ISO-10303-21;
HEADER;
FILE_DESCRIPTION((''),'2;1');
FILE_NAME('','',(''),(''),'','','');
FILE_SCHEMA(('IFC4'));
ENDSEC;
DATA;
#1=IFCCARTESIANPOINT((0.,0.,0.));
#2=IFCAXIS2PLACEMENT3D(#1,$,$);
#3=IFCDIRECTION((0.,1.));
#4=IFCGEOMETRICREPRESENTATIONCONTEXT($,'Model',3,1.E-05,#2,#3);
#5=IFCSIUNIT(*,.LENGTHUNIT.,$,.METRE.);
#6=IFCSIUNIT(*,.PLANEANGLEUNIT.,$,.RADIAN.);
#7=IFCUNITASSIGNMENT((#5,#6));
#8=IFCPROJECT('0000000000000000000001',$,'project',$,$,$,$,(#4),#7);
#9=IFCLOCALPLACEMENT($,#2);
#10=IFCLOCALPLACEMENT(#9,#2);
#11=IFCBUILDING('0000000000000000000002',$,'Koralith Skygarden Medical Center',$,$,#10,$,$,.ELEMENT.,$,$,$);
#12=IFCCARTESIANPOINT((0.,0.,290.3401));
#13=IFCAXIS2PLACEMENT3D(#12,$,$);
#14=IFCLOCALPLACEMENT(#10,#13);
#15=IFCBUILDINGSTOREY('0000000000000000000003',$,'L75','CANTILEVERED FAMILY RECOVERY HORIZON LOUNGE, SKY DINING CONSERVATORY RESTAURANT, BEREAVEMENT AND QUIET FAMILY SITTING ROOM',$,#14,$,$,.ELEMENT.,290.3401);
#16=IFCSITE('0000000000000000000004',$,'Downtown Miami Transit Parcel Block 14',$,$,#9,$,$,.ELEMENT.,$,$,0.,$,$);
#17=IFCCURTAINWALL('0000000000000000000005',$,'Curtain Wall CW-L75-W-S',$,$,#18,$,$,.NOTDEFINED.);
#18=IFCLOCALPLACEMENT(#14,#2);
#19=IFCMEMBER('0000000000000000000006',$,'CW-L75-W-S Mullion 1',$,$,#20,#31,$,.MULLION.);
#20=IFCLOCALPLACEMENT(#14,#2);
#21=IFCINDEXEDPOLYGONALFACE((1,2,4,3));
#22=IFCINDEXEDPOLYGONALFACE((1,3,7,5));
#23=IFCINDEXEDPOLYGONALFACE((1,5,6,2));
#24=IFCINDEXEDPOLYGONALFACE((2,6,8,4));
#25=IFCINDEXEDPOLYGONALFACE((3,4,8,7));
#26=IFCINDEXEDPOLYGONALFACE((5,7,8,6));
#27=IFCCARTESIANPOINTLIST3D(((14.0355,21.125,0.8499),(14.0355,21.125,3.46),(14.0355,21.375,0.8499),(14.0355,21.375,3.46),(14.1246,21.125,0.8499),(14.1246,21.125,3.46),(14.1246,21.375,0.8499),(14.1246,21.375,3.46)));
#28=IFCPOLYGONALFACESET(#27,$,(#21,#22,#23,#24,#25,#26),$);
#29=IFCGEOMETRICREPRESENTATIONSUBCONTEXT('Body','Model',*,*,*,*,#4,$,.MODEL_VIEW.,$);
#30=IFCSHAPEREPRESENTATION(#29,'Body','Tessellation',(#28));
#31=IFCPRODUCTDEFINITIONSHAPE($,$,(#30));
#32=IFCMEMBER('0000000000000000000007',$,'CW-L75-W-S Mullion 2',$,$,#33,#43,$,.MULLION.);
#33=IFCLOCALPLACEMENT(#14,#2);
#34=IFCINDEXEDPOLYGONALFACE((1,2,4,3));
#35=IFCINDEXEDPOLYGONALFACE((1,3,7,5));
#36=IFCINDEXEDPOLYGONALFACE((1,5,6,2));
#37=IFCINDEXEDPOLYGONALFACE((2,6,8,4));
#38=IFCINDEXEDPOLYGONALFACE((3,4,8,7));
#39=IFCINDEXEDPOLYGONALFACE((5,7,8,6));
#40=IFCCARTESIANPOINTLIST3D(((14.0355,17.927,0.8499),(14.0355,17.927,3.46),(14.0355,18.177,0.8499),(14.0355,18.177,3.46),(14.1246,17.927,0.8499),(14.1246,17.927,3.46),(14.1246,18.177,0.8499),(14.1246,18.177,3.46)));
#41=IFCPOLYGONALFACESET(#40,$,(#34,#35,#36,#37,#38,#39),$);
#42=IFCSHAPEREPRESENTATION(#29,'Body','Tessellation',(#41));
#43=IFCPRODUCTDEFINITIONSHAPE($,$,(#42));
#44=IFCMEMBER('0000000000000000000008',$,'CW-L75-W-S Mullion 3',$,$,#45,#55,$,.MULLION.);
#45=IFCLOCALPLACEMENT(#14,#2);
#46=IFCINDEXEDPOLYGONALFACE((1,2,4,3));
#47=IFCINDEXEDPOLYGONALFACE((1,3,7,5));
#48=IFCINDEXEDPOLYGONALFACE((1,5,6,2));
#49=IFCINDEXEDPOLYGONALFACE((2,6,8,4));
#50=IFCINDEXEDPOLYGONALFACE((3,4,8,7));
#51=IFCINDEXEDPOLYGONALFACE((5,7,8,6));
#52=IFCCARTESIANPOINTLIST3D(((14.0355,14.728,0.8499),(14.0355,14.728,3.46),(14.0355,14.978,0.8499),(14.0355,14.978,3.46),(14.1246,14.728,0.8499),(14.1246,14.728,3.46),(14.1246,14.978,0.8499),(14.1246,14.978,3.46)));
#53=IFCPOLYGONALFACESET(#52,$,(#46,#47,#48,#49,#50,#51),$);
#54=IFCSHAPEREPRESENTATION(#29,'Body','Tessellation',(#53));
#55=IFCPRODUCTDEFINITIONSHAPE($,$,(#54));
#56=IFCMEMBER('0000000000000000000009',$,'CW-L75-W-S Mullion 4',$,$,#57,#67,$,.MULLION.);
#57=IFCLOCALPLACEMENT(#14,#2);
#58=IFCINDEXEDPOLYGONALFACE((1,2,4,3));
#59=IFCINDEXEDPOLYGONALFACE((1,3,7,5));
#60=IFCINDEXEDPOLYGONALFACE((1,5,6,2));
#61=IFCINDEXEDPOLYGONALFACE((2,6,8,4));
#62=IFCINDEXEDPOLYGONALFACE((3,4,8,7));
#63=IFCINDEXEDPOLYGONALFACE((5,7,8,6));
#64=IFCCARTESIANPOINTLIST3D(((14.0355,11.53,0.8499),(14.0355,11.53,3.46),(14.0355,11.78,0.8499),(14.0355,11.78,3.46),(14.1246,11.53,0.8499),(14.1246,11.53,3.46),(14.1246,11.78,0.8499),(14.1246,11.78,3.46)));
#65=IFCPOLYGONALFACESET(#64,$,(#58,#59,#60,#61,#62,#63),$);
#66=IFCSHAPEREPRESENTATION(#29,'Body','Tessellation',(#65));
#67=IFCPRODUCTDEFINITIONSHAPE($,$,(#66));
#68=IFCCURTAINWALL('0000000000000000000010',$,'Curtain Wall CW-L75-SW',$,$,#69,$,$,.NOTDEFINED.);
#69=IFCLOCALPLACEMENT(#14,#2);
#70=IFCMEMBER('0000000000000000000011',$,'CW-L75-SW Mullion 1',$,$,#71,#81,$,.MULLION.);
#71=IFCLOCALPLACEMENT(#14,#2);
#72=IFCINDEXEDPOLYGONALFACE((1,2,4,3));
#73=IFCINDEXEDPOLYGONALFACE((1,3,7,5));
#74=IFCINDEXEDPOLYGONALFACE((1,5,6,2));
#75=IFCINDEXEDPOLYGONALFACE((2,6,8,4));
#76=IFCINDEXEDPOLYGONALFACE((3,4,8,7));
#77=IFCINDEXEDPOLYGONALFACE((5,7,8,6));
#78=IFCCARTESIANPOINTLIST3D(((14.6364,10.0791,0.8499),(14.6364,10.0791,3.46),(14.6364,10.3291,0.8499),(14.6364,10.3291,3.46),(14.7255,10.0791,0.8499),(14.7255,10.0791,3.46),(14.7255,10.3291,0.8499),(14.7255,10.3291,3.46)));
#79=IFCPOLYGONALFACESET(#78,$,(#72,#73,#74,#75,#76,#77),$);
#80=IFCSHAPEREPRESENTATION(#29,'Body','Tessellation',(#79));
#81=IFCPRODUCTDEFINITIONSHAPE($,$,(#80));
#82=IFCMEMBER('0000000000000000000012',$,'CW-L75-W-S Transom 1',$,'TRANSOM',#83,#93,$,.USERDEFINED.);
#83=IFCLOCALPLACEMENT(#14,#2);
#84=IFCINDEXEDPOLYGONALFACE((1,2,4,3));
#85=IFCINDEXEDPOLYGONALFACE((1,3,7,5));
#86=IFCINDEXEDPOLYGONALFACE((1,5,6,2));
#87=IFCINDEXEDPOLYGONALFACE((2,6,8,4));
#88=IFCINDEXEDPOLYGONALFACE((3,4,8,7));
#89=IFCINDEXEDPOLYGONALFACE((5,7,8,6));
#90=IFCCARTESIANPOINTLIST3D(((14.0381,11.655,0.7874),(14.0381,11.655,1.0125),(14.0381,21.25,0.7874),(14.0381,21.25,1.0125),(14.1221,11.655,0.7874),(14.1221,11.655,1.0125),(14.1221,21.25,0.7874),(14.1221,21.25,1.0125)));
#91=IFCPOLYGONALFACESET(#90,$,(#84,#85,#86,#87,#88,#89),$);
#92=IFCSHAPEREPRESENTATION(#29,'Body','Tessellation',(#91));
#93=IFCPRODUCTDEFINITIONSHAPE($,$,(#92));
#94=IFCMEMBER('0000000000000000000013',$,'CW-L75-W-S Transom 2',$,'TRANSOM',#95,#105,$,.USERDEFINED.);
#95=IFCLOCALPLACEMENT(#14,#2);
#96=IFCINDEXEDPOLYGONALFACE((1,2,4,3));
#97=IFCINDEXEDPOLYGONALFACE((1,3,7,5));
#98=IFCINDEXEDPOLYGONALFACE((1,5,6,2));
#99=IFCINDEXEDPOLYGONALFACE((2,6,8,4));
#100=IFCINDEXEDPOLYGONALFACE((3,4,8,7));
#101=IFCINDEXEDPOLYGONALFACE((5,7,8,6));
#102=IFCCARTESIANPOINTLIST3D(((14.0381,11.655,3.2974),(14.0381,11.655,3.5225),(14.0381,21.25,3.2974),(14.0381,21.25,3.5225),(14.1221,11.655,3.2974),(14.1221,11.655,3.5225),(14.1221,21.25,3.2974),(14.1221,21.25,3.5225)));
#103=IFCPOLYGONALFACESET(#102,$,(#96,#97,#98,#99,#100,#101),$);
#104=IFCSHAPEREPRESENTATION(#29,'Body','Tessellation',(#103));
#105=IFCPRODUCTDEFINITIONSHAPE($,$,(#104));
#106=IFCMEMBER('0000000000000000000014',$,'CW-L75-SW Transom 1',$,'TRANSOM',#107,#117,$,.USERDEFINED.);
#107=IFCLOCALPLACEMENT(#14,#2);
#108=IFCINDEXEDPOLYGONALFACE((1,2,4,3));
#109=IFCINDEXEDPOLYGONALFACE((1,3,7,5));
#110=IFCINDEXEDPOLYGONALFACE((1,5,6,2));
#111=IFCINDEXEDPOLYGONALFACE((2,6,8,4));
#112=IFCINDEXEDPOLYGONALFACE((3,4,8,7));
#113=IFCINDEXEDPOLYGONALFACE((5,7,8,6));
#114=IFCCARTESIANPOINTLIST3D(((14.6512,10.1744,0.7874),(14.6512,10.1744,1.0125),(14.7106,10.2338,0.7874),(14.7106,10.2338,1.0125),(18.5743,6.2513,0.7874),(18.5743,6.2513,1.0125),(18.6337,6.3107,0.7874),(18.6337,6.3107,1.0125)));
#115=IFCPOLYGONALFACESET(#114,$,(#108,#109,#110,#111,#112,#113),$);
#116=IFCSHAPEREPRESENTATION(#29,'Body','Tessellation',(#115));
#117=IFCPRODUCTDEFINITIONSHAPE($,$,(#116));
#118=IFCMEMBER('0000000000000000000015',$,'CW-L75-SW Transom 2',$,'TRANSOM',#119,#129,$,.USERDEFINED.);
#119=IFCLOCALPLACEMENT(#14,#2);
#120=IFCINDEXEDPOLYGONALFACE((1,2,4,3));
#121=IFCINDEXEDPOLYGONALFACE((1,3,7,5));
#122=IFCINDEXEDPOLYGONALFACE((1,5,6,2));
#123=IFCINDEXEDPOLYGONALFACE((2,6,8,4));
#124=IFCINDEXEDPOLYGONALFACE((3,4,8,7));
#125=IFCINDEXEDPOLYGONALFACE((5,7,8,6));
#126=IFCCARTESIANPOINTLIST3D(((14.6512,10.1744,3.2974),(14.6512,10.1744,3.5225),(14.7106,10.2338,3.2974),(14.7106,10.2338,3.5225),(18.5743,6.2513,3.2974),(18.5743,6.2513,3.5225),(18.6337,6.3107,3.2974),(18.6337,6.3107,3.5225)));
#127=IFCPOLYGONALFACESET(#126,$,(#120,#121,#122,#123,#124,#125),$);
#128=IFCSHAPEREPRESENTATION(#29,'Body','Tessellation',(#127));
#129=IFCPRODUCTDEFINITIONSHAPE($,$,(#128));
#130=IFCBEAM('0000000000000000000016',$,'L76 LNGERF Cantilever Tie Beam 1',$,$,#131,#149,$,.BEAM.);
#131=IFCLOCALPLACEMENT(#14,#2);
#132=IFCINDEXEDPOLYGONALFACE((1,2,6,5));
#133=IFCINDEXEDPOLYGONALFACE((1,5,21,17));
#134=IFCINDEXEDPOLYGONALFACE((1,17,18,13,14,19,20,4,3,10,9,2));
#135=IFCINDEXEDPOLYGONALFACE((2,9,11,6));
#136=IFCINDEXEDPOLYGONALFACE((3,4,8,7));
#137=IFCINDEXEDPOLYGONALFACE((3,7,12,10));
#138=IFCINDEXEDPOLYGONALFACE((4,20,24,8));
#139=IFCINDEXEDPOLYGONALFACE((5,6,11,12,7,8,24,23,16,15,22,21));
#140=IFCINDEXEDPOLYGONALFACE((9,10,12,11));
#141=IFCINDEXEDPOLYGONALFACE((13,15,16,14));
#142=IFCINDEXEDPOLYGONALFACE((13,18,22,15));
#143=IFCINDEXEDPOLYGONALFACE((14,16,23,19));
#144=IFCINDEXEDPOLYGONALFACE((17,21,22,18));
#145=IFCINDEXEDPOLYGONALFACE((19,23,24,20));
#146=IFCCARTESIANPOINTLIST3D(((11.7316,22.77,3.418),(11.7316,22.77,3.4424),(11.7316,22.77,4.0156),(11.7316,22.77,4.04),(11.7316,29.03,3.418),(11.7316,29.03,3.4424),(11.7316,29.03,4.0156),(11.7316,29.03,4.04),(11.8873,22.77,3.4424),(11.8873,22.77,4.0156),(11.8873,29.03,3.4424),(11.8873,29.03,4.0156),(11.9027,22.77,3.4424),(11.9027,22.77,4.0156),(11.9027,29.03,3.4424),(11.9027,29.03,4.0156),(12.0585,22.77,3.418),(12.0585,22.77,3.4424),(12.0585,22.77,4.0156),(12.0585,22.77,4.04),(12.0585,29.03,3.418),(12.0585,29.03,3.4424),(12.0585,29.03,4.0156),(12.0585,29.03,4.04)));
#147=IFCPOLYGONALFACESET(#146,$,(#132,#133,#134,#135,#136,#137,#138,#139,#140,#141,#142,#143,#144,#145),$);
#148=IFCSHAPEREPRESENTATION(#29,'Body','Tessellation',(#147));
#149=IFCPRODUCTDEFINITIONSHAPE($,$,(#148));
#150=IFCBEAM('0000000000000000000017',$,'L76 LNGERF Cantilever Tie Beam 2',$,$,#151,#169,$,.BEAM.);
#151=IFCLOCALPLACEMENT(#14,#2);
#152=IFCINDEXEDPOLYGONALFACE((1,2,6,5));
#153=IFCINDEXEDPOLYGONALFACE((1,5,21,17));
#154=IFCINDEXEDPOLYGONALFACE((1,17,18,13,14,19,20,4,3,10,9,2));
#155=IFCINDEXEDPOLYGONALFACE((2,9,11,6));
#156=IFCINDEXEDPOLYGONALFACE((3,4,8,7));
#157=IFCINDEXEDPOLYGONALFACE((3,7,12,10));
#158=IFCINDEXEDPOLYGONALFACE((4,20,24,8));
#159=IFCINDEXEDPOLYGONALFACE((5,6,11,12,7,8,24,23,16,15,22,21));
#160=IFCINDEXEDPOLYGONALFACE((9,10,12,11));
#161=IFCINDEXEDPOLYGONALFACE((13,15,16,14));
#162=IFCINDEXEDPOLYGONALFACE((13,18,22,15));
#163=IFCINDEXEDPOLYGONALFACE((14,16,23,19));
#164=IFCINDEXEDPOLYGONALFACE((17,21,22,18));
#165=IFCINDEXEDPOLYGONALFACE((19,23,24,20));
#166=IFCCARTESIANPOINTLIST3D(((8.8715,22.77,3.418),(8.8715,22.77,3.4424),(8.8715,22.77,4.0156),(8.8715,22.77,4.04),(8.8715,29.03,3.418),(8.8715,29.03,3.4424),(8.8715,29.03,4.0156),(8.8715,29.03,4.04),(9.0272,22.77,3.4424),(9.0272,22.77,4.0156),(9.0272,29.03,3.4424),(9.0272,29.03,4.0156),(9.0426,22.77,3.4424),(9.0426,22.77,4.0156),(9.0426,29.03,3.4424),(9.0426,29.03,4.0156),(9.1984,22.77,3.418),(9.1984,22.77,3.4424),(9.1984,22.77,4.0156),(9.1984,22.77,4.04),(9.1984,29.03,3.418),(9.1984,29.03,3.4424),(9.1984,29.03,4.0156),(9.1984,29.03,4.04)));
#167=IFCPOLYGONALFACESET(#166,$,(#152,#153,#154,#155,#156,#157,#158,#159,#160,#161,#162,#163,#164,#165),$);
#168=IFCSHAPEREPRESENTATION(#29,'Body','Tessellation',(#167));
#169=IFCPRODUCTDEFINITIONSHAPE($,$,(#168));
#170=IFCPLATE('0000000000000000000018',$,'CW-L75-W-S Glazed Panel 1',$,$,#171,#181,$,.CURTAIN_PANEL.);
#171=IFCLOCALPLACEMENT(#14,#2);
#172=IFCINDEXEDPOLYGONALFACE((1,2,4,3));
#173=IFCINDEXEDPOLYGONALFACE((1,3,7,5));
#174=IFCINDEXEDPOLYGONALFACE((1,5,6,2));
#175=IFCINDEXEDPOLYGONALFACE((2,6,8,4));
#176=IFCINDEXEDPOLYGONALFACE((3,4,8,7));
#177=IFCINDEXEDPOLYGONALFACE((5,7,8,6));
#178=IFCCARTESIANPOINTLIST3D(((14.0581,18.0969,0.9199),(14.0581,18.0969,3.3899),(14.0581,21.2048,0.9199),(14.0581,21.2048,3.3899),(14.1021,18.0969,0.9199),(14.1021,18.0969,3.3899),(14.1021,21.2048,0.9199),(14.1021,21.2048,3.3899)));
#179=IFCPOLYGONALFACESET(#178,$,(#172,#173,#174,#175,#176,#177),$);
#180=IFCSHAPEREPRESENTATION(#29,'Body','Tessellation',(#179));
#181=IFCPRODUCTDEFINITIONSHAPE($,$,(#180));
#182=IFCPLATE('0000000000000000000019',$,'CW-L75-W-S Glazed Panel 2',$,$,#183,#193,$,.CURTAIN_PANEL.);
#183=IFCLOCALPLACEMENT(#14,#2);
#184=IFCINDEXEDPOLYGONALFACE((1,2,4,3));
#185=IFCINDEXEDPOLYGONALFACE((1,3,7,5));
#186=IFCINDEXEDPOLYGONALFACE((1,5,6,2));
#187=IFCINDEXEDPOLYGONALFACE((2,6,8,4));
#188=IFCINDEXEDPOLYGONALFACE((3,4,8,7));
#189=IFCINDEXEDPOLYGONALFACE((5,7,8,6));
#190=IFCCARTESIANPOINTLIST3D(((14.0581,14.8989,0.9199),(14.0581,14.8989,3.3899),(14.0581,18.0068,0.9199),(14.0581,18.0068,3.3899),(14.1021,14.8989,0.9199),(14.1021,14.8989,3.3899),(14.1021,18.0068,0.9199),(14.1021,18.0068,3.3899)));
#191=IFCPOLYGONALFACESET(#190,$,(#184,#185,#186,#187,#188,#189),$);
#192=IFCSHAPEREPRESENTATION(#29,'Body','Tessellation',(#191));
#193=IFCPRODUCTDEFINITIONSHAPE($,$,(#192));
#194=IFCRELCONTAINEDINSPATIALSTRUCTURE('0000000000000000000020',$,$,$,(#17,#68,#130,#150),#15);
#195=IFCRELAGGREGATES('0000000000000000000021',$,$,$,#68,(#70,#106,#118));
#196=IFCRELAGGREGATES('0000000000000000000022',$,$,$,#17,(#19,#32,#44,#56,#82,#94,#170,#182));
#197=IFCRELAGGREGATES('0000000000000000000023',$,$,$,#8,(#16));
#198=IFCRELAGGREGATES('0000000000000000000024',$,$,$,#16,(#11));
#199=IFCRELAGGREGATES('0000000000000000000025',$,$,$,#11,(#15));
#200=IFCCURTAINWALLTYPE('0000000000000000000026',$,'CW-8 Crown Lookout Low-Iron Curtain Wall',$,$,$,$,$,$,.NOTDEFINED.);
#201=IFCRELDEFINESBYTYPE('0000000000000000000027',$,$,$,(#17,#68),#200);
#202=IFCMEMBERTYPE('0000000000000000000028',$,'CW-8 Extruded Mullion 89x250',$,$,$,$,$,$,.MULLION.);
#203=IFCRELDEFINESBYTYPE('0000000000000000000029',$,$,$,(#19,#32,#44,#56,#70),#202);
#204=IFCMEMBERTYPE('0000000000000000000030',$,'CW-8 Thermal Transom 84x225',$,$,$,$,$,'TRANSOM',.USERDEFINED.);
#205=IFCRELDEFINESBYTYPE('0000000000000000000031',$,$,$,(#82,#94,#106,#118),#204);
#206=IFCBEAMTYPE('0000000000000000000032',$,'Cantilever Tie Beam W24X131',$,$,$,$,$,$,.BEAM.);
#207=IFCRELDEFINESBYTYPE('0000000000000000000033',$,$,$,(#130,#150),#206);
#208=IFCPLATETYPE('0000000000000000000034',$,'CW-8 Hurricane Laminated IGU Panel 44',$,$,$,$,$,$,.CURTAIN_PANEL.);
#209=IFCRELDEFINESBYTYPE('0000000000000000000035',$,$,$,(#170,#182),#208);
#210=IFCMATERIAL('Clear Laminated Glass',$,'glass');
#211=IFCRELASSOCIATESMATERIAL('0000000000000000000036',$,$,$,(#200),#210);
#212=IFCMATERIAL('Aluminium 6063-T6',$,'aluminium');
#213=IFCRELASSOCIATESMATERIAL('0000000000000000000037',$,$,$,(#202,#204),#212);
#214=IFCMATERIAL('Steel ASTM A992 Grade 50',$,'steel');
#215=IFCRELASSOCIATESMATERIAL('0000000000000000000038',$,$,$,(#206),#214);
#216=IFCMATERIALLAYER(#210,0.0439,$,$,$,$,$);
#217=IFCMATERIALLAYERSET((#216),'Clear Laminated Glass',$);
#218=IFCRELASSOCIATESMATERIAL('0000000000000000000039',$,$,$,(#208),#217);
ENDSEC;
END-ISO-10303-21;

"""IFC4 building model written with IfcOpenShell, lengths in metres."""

from ifc_helpers import new_model, si_unit, direction, frame, origin, origin_2d, place, context, subcontext, project, spatial, rectangle, i_section, extrude, material, layer, layer_set, material_profile, profile_set, type_object, element, aggregate, save


model = new_model("IFC4")

# Units and contexts
model_context = context("Model", 3, precision=1e-05, world=origin(), true_north=direction((0.0, 1.0)))
body_context = subcontext(model_context, "Body", "Model", "MODEL_VIEW")
ifc_project = project(units=[si_unit("LENGTHUNIT", "METRE"), si_unit("PLANEANGLEUNIT", "RADIAN")], contexts=[model_context])

# Site, building, storey
site_placement = place(None, origin())
site = spatial("IfcSite", under=ifc_project, at=site_placement, Name="Downtown Miami Transit Parcel Block 14", CompositionType="ELEMENT", RefElevation=0.0)
building_placement = place(site_placement, origin())
building = spatial("IfcBuilding", under=site, at=building_placement, Name="Koralith Skygarden Medical Center", CompositionType="ELEMENT")
storey_placement = place(building_placement, frame((0.0, 0.0, 290.3401)))
storey = spatial("IfcBuildingStorey", under=building, at=storey_placement, Name="L75", Description="CANTILEVERED FAMILY RECOVERY HORIZON LOUNGE, SKY DINING CONSERVATORY RESTAURANT, BEREAVEMENT AND QUIET FAMILY SITTING ROOM", CompositionType="ELEMENT", Elevation=290.3401)

# Curtain wall, members
ifc_material_1 = material(Name="Clear Laminated Glass", Category="glass")
curtain_wall_type = type_object("IfcCurtainWallType", Name="CW-8 Crown Lookout Low-Iron Curtain Wall", PredefinedType="NOTDEFINED", material=ifc_material_1)
curtain_wall_1_placement = place(storey_placement, origin())
curtain_wall_1 = element("IfcCurtainWall", 1, at=curtain_wall_1_placement, inside=storey, type_object=curtain_wall_type, Name="Curtain Wall CW-L75-W-S", PredefinedType="NOTDEFINED")
ifc_material_2 = material(Name="Aluminium 6063-T6", Category="aluminium")
ifc_material_profile_1 = material_profile(ifc_material_2, rectangle(XDim=0.0891, YDim=0.25, at=origin_2d()), Name="MUL89X250")
ifc_profile_set_1 = profile_set([ifc_material_profile_1], Name="Aluminium 6063-T6")
member_type_1 = type_object("IfcMemberType", Name="CW-8 Extruded Mullion 89x250", PredefinedType="MULLION", material=ifc_profile_set_1)
member_1_placement = place(storey_placement, frame((14.0801, 21.25, 0.8499), z_axis=(0.0, 0.0, 1.0), x_axis=(1.0, 0.0, 0.0)))
member_1 = element("IfcMember", 2, at=member_1_placement, type_object=member_type_1, Name="CW-L75-W-S Mullion 1", PredefinedType="MULLION", context=body_context, shape_type="SweptSolid", body=[
    extrude(rectangle(XDim=0.0891, YDim=0.25, at=origin_2d()), origin(), (0.0, 0.0, 1.0), 2.6101),
])
member_2_placement = place(storey_placement, frame((14.0801, 18.052, 0.8499), z_axis=(0.0, 0.0, 1.0), x_axis=(1.0, 0.0, 0.0)))
member_2 = element("IfcMember", 3, at=member_2_placement, type_object=member_type_1, Name="CW-L75-W-S Mullion 2", PredefinedType="MULLION", context=body_context, shape_type="SweptSolid", body=[
    extrude(rectangle(XDim=0.0891, YDim=0.25, at=origin_2d()), origin(), (0.0, 0.0, 1.0), 2.6101),
])
member_3_placement = place(storey_placement, frame((14.0801, 14.853, 0.8499), z_axis=(0.0, 0.0, 1.0), x_axis=(1.0, 0.0, 0.0)))
member_3 = element("IfcMember", 4, at=member_3_placement, type_object=member_type_1, Name="CW-L75-W-S Mullion 3", PredefinedType="MULLION", context=body_context, shape_type="SweptSolid", body=[
    extrude(rectangle(XDim=0.0891, YDim=0.25, at=origin_2d()), origin(), (0.0, 0.0, 1.0), 2.6101),
])
member_4_placement = place(storey_placement, frame((14.0801, 11.655, 0.8499), z_axis=(0.0, 0.0, 1.0), x_axis=(1.0, 0.0, 0.0)))
member_4 = element("IfcMember", 5, at=member_4_placement, type_object=member_type_1, Name="CW-L75-W-S Mullion 4", PredefinedType="MULLION", context=body_context, shape_type="SweptSolid", body=[
    extrude(rectangle(XDim=0.0891, YDim=0.25, at=origin_2d()), origin(), (0.0, 0.0, 1.0), 2.6101),
])

# Curtain wall, member
curtain_wall_2_placement = place(storey_placement, origin())
curtain_wall_2 = element("IfcCurtainWall", 6, at=curtain_wall_2_placement, inside=storey, type_object=curtain_wall_type, Name="Curtain Wall CW-L75-SW", PredefinedType="NOTDEFINED")
member_5_placement = place(storey_placement, frame((14.6809, 10.2041, 0.8499), z_axis=(0.0, 0.0, 1.0), x_axis=(1.0, 0.0, 0.0)))
member_5 = element("IfcMember", 7, at=member_5_placement, type_object=member_type_1, Name="CW-L75-SW Mullion 1", PredefinedType="MULLION", context=body_context, shape_type="SweptSolid", body=[
    extrude(rectangle(XDim=0.0891, YDim=0.25, at=origin_2d()), origin(), (0.0, 0.0, 1.0), 2.6101),
])

# Members
ifc_material_profile_2 = material_profile(ifc_material_2, rectangle(XDim=0.084, YDim=0.2251, at=origin_2d()), Name="TRN84X225")
ifc_profile_set_2 = profile_set([ifc_material_profile_2], Name="Aluminium 6063-T6")
member_type_2 = type_object("IfcMemberType", Name="CW-8 Thermal Transom 84x225", ElementType="TRANSOM", PredefinedType="USERDEFINED", material=ifc_profile_set_2)
member_6_placement = place(storey_placement, frame((14.0801, 21.25, 0.8999), z_axis=(0.0, -1.0, 0.0), x_axis=(1.0, 0.0, 0.0)))
member_6 = element("IfcMember", 8, at=member_6_placement, type_object=member_type_2, Name="CW-L75-W-S Transom 1", ObjectType="TRANSOM", PredefinedType="USERDEFINED", context=body_context, shape_type="SweptSolid", body=[
    extrude(rectangle(XDim=0.084, YDim=0.2251, at=origin_2d()), origin(), (0.0, 0.0, 1.0), 9.595),
])
member_7_placement = place(storey_placement, frame((14.0801, 21.25, 3.4099), z_axis=(0.0, -1.0, 0.0), x_axis=(1.0, 0.0, 0.0)))
member_7 = element("IfcMember", 9, at=member_7_placement, type_object=member_type_2, Name="CW-L75-W-S Transom 2", ObjectType="TRANSOM", PredefinedType="USERDEFINED", context=body_context, shape_type="SweptSolid", body=[
    extrude(rectangle(XDim=0.084, YDim=0.2251, at=origin_2d()), origin(), (0.0, 0.0, 1.0), 9.595),
])
member_8_placement = place(storey_placement, frame((14.6809, 10.2041, 0.8999), z_axis=(0.707107, -0.707107, 0.0), x_axis=(0.707107, 0.707107, 0.0)))
member_8 = element("IfcMember", 10, at=member_8_placement, type_object=member_type_2, Name="CW-L75-SW Transom 1", ObjectType="TRANSOM", PredefinedType="USERDEFINED", context=body_context, shape_type="SweptSolid", body=[
    extrude(rectangle(XDim=0.084, YDim=0.2251, at=origin_2d()), origin(), (0.0, 0.0, 1.0), 5.5481),
])
member_9_placement = place(storey_placement, frame((14.6809, 10.2041, 3.4099), z_axis=(0.707107, -0.707107, 0.0), x_axis=(0.707107, 0.707107, 0.0)))
member_9 = element("IfcMember", 11, at=member_9_placement, type_object=member_type_2, Name="CW-L75-SW Transom 2", ObjectType="TRANSOM", PredefinedType="USERDEFINED", context=body_context, shape_type="SweptSolid", body=[
    extrude(rectangle(XDim=0.084, YDim=0.2251, at=origin_2d()), origin(), (0.0, 0.0, 1.0), 5.5481),
])
aggregate(curtain_wall_2, [member_5, member_8, member_9])

# Beams
ifc_material_3 = material(Name="Steel ASTM A992 Grade 50", Category="steel")
ifc_material_profile_3 = material_profile(ifc_material_3, i_section(OverallWidth=0.3269, OverallDepth=0.6221, WebThickness=0.0154, FlangeThickness=0.0244, at=origin_2d()), Name="W24X131")
ifc_profile_set_3 = profile_set([ifc_material_profile_3], Name="Steel ASTM A992 Grade 50")
beam_type = type_object("IfcBeamType", Name="Cantilever Tie Beam W24X131", PredefinedType="BEAM", material=ifc_profile_set_3)
for number, where, z_axis, x_axis, name in (
    (12, (11.895, 22.77, 3.729), (0.0, 1.0, 0.0), (-1.0, 0.0, 0.0), "L76 LNGERF Cantilever Tie Beam 1"),
    (13, (9.0349, 22.77, 3.729), (0.0, 1.0, 0.0), (-1.0, 0.0, 0.0), "L76 LNGERF Cantilever Tie Beam 2"),
):
    element("IfcBeam", number, at=place(storey_placement, frame(where, z_axis=z_axis, x_axis=x_axis)), inside=storey, type_object=beam_type, Name=name, PredefinedType="BEAM", context=body_context, shape_type="SweptSolid", body=[
        extrude(i_section(OverallWidth=0.3269, OverallDepth=0.6221, WebThickness=0.0154, FlangeThickness=0.0244, at=origin_2d()), origin(), (0.0, 0.0, 1.0), 6.26),
    ])

# Plates
ifc_layer_1 = layer(ifc_material_1, 0.0439)
ifc_layer_set_1 = layer_set([ifc_layer_1], Name="Clear Laminated Glass")
plate_type_1 = type_object("IfcPlateType", Name="CW-8 Hurricane Laminated IGU Panel 44", PredefinedType="CURTAIN_PANEL", material=ifc_layer_set_1)
plate_1_placement = place(storey_placement, frame((14.0801, 19.6509, 0.9199), z_axis=(0.0, 0.0, 1.0), x_axis=(0.0, -1.0, 0.0)))
plate_1 = element("IfcPlate", 14, at=plate_1_placement, type_object=plate_type_1, Name="CW-L75-W-S Glazed Panel 1", PredefinedType="CURTAIN_PANEL", context=body_context, shape_type="SweptSolid", body=[
    extrude(rectangle(XDim=3.1079, YDim=0.0439, at=origin_2d()), origin(), (0.0, 0.0, 1.0), 2.47),
])
plate_2_placement = place(storey_placement, frame((14.0801, 16.4529, 0.9199), z_axis=(0.0, 0.0, 1.0), x_axis=(0.0, -1.0, 0.0)))
plate_2 = element("IfcPlate", 15, at=plate_2_placement, type_object=plate_type_1, Name="CW-L75-W-S Glazed Panel 2", PredefinedType="CURTAIN_PANEL", context=body_context, shape_type="SweptSolid", body=[
    extrude(rectangle(XDim=3.1079, YDim=0.0439, at=origin_2d()), origin(), (0.0, 0.0, 1.0), 2.47),
])
aggregate(curtain_wall_1, [member_1, member_2, member_3, member_4, member_6, member_7, plate_1, plate_2])

save(model, "model.ifc")
